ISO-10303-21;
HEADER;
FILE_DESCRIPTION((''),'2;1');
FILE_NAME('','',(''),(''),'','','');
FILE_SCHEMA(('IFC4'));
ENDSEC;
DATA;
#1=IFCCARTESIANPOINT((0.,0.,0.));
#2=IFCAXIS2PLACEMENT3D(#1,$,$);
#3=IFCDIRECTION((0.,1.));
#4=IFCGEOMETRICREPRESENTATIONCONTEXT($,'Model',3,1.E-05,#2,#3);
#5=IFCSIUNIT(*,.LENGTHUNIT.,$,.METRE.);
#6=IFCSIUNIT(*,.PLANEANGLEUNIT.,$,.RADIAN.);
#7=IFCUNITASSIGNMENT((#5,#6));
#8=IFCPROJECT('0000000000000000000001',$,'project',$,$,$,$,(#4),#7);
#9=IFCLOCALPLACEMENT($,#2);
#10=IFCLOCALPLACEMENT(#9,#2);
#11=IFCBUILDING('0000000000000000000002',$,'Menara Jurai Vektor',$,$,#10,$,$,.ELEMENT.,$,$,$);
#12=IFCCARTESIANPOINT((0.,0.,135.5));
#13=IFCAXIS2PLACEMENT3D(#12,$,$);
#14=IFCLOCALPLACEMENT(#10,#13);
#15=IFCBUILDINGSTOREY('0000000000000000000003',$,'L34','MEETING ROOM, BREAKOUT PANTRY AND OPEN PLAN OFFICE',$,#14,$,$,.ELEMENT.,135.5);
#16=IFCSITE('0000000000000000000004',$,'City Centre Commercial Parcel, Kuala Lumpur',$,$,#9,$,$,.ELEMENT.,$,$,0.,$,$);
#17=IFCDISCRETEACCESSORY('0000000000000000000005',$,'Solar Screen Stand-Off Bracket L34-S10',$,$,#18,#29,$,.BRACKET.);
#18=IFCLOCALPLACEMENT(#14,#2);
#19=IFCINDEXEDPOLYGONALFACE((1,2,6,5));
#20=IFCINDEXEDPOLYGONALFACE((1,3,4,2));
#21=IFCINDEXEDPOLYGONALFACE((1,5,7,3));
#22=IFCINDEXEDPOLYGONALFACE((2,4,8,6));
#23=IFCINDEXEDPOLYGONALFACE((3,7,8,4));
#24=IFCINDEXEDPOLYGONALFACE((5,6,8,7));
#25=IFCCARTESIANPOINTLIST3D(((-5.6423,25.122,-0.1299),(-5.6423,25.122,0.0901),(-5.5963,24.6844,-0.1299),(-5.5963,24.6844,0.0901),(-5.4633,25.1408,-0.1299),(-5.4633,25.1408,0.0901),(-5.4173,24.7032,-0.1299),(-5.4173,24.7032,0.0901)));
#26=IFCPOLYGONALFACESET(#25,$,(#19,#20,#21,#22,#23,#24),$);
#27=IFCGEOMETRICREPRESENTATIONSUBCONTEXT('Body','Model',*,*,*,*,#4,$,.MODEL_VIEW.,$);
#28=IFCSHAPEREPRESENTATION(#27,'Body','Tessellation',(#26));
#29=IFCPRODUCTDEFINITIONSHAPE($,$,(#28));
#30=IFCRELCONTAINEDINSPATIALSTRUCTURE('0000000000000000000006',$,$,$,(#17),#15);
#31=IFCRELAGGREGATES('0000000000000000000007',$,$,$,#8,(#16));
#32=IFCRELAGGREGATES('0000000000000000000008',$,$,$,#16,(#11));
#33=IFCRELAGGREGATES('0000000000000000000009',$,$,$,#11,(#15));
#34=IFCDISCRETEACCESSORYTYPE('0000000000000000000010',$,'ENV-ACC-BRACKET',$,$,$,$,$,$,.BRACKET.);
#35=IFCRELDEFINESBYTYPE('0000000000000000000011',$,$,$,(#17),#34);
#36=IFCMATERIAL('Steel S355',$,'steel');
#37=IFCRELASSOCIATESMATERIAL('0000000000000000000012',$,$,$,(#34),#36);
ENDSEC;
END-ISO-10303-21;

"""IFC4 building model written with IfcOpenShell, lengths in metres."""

from ifc_helpers import new_model, si_unit, direction, frame, origin, origin_2d, place, context, subcontext, project, spatial, rectangle, extrude, material, type_object, element, save


model = new_model("IFC4")

# Units and contexts
model_context = context("Model", 3, precision=1e-05, world=origin(), true_north=direction((0.0, 1.0)))
body_context = subcontext(model_context, "Body", "Model", "MODEL_VIEW")
ifc_project = project(units=[si_unit("LENGTHUNIT", "METRE"), si_unit("PLANEANGLEUNIT", "RADIAN")], contexts=[model_context])

# Site, building, storey
site_placement = place(None, origin())
site = spatial("IfcSite", under=ifc_project, at=site_placement, Name="City Centre Commercial Parcel, Kuala Lumpur", CompositionType="ELEMENT", RefElevation=0.0)
building_placement = place(site_placement, origin())
building = spatial("IfcBuilding", under=site, at=building_placement, Name="Menara Jurai Vektor", CompositionType="ELEMENT")
storey_placement = place(building_placement, frame((0.0, 0.0, 135.5)))
storey = spatial("IfcBuildingStorey", under=building, at=storey_placement, Name="L34", Description="MEETING ROOM, BREAKOUT PANTRY AND OPEN PLAN OFFICE", CompositionType="ELEMENT", Elevation=135.5)

# Shared definitions
ifc_material_1 = material(Name="Steel S355", Category="steel")

# Discrete accessory
discrete_accessory_type = type_object("IfcDiscreteAccessoryType", Name="ENV-ACC-BRACKET", PredefinedType="BRACKET", material=ifc_material_1)
discrete_accessory_placement = place(storey_placement, frame((-5.5298, 24.9126, -0.1299), z_axis=(0.0, 0.0, 1.0), x_axis=(-0.994522, -0.104528, 0.0)))
element("IfcDiscreteAccessory", 1, at=discrete_accessory_placement, inside=storey, type_object=discrete_accessory_type, Name="Solar Screen Stand-Off Bracket L34-S10", PredefinedType="BRACKET", context=body_context, shape_type="SweptSolid", body=[
    extrude(rectangle(XDim=0.1799, YDim=0.4399, at=origin_2d()), origin(), (0.0, 0.0, 1.0), 0.22),
])

save(model, "model.ifc")
